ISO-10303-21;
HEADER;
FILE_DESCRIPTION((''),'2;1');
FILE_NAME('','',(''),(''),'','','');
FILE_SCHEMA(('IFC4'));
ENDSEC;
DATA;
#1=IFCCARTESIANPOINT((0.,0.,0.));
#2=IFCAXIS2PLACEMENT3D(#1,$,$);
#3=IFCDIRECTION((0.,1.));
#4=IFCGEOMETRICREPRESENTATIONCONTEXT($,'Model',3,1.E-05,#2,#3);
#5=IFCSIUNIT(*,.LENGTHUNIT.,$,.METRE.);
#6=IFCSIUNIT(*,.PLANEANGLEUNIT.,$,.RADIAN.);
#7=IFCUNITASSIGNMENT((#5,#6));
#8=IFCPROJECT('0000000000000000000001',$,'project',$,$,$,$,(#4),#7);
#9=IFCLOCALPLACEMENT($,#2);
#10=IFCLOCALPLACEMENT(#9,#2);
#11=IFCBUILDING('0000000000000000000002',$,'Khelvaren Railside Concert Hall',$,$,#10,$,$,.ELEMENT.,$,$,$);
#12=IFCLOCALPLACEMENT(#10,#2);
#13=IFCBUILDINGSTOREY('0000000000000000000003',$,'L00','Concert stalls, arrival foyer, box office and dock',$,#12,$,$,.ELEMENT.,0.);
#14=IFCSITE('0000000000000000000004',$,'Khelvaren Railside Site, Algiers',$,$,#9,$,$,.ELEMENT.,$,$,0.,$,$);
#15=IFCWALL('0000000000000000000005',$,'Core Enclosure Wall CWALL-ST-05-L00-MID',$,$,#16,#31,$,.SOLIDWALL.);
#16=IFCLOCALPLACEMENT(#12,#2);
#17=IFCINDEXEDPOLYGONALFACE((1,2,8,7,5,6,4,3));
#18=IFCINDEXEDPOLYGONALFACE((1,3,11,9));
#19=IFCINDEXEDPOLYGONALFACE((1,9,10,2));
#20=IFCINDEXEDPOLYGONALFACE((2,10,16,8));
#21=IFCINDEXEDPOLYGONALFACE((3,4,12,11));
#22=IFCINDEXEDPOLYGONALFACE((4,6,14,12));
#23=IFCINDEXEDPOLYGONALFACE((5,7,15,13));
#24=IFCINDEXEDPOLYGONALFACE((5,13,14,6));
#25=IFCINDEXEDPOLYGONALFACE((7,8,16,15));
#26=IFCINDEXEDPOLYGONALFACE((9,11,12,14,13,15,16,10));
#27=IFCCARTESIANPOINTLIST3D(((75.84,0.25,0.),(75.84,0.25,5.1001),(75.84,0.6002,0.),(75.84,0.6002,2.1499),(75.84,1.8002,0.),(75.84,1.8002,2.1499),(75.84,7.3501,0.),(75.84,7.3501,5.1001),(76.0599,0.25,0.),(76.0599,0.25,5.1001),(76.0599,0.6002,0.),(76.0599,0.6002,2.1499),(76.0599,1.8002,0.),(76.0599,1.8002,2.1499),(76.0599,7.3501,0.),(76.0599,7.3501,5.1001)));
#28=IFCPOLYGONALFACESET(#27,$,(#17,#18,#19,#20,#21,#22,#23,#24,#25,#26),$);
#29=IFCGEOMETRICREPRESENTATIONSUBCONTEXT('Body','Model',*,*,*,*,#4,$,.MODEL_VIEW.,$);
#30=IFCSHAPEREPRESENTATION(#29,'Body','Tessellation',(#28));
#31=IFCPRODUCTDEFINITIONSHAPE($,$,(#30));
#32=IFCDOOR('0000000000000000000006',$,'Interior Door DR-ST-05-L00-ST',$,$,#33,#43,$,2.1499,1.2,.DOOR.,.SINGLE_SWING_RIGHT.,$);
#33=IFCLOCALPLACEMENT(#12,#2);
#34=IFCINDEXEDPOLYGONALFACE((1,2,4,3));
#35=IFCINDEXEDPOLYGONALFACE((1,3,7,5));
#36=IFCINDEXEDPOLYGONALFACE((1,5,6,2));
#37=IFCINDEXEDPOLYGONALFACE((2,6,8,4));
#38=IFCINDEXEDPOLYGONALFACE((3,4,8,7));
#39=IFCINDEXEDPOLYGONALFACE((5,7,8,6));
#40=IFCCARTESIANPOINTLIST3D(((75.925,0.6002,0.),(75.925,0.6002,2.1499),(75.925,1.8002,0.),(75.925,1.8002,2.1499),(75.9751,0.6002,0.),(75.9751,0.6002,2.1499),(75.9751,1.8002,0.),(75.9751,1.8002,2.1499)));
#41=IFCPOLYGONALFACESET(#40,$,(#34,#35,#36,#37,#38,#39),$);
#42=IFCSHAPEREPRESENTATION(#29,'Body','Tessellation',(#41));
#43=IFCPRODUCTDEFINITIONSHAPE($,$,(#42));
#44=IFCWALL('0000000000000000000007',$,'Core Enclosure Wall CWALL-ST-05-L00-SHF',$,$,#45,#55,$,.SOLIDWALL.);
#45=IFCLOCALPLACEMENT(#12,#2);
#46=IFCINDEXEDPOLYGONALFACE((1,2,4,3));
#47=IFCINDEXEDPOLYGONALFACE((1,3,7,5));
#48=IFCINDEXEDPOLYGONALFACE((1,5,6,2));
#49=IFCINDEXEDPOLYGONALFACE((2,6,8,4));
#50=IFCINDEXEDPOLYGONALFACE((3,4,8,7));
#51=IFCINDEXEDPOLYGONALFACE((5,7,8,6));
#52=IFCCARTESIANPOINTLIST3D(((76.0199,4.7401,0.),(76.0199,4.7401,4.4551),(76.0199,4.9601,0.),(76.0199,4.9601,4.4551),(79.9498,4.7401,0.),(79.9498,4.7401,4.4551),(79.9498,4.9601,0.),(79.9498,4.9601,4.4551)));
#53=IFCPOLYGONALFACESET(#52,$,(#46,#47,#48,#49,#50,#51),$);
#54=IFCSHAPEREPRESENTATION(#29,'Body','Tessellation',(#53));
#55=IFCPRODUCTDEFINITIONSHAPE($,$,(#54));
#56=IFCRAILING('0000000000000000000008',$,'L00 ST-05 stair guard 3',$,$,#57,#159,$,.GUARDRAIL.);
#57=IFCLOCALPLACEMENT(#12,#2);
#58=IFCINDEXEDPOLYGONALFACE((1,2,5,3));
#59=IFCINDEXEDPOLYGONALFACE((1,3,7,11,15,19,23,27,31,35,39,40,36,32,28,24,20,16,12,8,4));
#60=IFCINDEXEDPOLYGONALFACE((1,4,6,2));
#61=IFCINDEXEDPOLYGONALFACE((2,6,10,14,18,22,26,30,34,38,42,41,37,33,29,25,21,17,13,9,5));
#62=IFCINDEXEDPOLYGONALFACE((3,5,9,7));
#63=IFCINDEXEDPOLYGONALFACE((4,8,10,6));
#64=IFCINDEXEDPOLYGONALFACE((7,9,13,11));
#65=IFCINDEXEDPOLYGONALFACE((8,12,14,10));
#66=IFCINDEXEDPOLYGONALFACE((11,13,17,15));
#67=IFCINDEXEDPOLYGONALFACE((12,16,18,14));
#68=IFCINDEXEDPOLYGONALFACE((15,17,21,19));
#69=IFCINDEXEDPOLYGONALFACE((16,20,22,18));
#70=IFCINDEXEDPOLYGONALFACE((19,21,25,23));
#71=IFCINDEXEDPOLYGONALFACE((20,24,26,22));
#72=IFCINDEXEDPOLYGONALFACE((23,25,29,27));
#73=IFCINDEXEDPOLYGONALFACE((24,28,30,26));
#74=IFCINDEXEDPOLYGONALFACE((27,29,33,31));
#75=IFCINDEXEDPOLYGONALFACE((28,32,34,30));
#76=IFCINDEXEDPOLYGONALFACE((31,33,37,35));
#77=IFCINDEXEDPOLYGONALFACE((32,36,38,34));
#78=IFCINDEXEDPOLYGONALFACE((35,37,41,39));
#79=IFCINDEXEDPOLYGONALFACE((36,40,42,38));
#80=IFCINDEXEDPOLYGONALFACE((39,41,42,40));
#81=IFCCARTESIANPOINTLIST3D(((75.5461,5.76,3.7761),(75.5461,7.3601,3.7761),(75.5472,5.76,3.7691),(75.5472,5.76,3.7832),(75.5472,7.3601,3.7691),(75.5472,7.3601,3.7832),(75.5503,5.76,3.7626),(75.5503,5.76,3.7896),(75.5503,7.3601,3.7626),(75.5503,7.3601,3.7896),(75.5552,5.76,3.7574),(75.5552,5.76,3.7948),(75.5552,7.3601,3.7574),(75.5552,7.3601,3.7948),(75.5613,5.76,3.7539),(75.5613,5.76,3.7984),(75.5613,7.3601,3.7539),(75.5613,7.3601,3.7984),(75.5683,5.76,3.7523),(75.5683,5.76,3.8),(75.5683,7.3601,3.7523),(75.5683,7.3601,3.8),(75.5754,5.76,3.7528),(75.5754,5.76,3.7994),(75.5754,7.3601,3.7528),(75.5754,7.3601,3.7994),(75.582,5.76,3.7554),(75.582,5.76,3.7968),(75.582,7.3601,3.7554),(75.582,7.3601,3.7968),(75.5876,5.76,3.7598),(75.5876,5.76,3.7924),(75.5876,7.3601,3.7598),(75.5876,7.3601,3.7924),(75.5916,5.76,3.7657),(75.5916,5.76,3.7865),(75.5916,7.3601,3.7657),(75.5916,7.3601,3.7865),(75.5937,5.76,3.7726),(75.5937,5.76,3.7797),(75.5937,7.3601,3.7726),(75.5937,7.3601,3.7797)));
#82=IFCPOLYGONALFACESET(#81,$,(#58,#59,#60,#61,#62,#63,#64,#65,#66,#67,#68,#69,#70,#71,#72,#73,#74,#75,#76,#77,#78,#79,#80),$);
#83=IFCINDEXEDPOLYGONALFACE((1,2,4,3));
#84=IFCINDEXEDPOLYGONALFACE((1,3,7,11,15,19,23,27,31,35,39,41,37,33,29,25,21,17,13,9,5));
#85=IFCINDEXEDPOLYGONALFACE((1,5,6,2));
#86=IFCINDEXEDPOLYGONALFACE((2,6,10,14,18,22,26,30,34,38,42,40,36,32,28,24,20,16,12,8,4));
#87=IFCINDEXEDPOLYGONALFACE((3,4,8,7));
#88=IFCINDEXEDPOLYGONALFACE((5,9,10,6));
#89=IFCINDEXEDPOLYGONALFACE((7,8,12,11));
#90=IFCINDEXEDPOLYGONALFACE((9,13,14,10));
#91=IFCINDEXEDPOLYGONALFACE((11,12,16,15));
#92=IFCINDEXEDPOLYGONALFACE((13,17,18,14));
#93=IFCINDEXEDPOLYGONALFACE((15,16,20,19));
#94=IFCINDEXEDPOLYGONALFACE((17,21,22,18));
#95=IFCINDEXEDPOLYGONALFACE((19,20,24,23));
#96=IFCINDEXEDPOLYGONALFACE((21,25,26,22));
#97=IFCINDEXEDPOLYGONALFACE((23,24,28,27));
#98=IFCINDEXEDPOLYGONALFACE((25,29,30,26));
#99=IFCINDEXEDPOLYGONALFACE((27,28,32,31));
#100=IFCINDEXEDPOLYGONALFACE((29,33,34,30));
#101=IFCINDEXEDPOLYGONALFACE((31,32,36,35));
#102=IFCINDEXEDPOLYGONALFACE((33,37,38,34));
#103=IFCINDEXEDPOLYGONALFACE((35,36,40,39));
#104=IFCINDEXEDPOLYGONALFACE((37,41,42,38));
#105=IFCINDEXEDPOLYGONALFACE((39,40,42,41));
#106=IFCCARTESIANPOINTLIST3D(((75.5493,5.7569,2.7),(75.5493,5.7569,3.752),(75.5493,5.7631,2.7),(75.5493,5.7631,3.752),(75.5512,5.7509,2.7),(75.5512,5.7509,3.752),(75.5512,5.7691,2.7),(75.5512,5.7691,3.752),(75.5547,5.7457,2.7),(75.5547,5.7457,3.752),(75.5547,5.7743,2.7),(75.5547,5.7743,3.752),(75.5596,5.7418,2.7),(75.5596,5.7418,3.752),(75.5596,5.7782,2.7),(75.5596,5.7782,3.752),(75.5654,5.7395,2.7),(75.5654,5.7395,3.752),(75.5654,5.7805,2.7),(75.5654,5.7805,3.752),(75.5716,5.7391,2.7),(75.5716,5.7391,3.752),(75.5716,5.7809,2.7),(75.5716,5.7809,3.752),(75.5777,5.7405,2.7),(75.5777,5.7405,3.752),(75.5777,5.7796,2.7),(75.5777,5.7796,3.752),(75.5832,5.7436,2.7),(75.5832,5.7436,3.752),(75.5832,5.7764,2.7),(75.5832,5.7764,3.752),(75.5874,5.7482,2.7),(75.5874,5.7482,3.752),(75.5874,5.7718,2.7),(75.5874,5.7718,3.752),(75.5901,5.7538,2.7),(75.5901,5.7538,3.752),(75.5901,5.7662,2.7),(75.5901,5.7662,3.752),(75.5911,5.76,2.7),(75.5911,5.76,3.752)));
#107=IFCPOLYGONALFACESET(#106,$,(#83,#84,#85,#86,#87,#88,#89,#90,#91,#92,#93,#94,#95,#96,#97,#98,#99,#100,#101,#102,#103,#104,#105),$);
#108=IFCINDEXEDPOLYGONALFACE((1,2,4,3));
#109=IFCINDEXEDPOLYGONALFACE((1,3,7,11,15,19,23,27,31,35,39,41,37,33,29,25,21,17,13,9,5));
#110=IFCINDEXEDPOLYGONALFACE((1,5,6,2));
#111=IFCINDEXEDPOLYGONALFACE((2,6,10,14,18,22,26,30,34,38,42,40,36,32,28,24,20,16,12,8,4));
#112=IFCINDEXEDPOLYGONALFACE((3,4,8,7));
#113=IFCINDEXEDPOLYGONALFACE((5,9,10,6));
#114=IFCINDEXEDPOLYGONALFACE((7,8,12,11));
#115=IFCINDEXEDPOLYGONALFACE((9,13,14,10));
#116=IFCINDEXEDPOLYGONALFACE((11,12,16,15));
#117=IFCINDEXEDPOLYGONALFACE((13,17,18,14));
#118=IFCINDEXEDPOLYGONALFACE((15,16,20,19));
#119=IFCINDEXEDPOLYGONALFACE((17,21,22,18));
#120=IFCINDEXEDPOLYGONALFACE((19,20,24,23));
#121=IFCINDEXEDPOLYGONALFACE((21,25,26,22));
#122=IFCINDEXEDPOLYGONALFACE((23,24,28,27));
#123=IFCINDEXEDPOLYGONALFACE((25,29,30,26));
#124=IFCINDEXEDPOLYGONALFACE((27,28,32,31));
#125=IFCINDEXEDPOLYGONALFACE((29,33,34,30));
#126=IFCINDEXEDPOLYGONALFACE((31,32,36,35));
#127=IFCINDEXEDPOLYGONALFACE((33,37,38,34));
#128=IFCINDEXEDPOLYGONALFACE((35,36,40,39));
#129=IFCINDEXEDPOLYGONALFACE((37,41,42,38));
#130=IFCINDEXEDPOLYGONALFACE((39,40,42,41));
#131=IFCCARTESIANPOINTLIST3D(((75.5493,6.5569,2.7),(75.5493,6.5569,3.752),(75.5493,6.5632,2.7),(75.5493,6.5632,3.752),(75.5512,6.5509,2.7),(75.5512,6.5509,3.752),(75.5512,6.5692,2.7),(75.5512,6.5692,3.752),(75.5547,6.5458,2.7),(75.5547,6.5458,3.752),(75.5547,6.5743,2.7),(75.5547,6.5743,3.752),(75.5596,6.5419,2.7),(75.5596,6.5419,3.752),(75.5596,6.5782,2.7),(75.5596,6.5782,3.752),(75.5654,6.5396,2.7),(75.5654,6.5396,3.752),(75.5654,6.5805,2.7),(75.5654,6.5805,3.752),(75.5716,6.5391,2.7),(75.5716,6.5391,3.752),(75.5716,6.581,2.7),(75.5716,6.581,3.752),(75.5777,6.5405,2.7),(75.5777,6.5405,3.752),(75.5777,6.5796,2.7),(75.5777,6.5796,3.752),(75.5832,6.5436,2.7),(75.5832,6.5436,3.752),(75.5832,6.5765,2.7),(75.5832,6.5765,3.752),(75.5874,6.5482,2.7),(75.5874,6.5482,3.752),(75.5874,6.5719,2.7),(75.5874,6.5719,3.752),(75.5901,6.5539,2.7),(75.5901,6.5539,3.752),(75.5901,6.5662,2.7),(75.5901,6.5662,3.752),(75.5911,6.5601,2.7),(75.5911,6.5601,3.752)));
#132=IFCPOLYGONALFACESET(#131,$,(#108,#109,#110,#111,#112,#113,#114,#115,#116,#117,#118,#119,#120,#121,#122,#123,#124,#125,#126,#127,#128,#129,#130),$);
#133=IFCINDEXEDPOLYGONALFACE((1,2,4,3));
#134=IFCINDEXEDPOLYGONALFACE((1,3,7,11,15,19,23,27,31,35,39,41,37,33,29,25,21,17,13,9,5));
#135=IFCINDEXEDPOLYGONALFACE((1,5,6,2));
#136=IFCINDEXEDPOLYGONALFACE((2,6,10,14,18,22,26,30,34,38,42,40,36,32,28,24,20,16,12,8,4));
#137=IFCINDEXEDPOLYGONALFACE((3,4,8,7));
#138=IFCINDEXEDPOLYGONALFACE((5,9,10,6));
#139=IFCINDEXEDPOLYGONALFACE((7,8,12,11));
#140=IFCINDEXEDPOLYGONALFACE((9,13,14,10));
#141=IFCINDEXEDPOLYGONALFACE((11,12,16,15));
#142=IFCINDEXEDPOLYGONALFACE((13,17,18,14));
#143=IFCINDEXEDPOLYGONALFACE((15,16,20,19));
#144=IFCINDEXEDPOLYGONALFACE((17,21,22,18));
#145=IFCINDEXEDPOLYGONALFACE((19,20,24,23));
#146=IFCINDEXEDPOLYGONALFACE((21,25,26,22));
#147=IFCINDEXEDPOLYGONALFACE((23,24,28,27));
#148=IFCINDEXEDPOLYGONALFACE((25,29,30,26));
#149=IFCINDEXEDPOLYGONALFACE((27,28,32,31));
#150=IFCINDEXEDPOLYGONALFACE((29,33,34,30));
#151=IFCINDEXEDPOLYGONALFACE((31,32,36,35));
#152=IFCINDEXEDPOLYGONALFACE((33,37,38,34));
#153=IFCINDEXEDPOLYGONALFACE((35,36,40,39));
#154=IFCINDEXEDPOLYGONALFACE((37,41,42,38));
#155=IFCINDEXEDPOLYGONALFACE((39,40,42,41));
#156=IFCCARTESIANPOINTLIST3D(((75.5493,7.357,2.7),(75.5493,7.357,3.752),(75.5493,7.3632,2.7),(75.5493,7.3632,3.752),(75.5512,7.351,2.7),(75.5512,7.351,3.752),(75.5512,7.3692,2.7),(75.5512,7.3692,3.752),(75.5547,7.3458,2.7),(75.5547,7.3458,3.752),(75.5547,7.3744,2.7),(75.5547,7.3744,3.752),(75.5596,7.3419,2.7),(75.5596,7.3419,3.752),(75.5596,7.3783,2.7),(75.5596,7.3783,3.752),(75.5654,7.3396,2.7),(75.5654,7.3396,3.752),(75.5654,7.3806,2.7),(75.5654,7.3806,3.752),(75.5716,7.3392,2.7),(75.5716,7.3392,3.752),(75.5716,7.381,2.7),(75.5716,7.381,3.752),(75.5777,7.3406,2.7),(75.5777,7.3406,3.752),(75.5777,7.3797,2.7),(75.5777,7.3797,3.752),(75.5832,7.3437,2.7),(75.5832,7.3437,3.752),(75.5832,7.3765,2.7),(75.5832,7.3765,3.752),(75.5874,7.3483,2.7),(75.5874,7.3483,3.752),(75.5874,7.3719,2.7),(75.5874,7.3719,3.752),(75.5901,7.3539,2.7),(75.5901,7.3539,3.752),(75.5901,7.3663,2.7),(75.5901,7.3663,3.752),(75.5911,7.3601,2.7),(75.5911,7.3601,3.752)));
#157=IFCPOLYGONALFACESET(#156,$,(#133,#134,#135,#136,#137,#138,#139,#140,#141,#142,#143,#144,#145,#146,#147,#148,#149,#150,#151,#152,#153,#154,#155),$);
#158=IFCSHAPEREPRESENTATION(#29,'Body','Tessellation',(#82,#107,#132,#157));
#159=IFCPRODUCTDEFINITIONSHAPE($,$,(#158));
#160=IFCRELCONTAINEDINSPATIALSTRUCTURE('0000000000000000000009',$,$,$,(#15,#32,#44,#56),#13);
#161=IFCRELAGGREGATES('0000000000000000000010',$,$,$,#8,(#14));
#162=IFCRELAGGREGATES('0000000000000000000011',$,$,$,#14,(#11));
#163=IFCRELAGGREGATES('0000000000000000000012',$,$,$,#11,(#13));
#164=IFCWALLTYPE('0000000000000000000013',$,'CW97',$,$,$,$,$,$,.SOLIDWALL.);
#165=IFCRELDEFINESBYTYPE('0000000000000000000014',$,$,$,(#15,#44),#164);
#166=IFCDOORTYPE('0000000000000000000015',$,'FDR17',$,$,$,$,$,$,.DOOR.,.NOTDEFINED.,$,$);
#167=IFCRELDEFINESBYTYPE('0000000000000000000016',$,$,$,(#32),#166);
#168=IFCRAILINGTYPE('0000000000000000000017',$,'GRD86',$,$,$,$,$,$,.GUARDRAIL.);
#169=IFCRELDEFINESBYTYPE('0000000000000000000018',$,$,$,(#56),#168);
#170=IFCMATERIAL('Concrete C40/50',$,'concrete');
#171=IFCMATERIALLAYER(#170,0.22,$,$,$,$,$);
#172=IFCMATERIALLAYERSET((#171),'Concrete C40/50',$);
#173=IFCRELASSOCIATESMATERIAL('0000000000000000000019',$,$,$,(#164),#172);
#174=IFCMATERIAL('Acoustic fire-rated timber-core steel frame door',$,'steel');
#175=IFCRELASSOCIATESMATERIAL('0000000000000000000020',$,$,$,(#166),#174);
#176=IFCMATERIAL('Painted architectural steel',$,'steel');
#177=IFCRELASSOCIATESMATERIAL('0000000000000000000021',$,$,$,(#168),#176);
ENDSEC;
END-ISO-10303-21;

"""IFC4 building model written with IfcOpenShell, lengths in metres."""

from ifc_helpers import new_model, si_unit, direction, frame, frame_2d, origin, origin_2d, place, context, subcontext, project, spatial, rectangle, circle, extrude, material, layer, layer_set, type_object, element, fill, save


model = new_model("IFC4")

# Units and contexts
model_context = context("Model", 3, precision=1e-05, world=origin(), true_north=direction((0.0, 1.0)))
body_context = subcontext(model_context, "Body", "Model", "MODEL_VIEW")
ifc_project = project(units=[si_unit("LENGTHUNIT", "METRE"), si_unit("PLANEANGLEUNIT", "RADIAN")], contexts=[model_context])

# Site, building, storey
site_placement = place(None, origin())
site = spatial("IfcSite", under=ifc_project, at=site_placement, Name="Khelvaren Railside Site, Algiers", CompositionType="ELEMENT", RefElevation=0.0)
building_placement = place(site_placement, origin())
building = spatial("IfcBuilding", under=site, at=building_placement, Name="Khelvaren Railside Concert Hall", CompositionType="ELEMENT")
storey_placement = place(building_placement, origin())
storey = spatial("IfcBuildingStorey", under=building, at=storey_placement, Name="L00", Description="Concert stalls, arrival foyer, box office and dock", CompositionType="ELEMENT", Elevation=0.0)

# Wall, opening, door
ifc_material_1 = material(Name="Concrete C40/50", Category="concrete")
ifc_material_2 = material(Name="Acoustic fire-rated timber-core steel frame door", Category="steel")
ifc_layer_1 = layer(ifc_material_1, 0.22)
ifc_layer_set_1 = layer_set([ifc_layer_1], Name="Concrete C40/50")
wall_type_1 = type_object("IfcWallType", Name="CW97", PredefinedType="SOLIDWALL", material=ifc_layer_set_1)
wall_1_placement = place(storey_placement, frame((75.95, 0.25, 0.0), z_axis=(0.0, 0.0, 1.0), x_axis=(0.0, 1.0, 0.0)))
wall_1 = element("IfcWall", 1, at=wall_1_placement, inside=storey, type_object=wall_type_1, Name="Core Enclosure Wall CWALL-ST-05-L00-MID", PredefinedType="SOLIDWALL", context=body_context, shape_type="SweptSolid", body=[
    extrude(rectangle(XDim=7.1001, YDim=0.22, at=frame_2d((3.55, 0.0))), origin(), (0.0, 0.0, 1.0), 5.1001),
])
opening_1_placement = place(wall_1_placement, frame((0.3501, 0.0, 0.0)))
opening_1 = element("IfcOpeningElement", 2, at=opening_1_placement, cuts=wall_1, PredefinedType="OPENING", context=body_context, shape_type="SweptSolid", body=[
    extrude(rectangle(XDim=1.2, YDim=2.1499, at=frame_2d((0.6001, 1.075))), frame((0.0, 0.1199, 0.0), z_axis=(0.0, -1.0, 0.0), x_axis=(1.0, 0.0, 0.0)), (0.0, 0.0, 1.0), 0.24),
])
door_type_1 = type_object("IfcDoorType", Name="FDR17", OperationType="NOTDEFINED", PredefinedType="DOOR", material=ifc_material_2)
door_1_placement = place(opening_1_placement, origin())
door_1 = element("IfcDoor", 3, at=door_1_placement, inside=storey, type_object=door_type_1, Name="Interior Door DR-ST-05-L00-ST", OperationType="SINGLE_SWING_RIGHT", OverallHeight=2.1499, OverallWidth=1.2, PredefinedType="DOOR", context=body_context, shape_type="SweptSolid", body=[
    extrude(rectangle(XDim=1.2, YDim=2.1499, at=frame_2d((0.6001, 1.075))), frame((0.0, 0.0249, 0.0), z_axis=(0.0, -1.0, 0.0), x_axis=(1.0, 0.0, 0.0)), (0.0, 0.0, 1.0), 0.05),
])
fill(opening_1, door_1)

# Wall
wall_2_placement = place(storey_placement, frame((76.02, 4.8501, 0.0), z_axis=(0.0, 0.0, 1.0), x_axis=(1.0, 0.0, 0.0)))
element("IfcWall", 4, at=wall_2_placement, inside=storey, type_object=wall_type_1, Name="Core Enclosure Wall CWALL-ST-05-L00-SHF", PredefinedType="SOLIDWALL", context=body_context, shape_type="SweptSolid", body=[
    extrude(rectangle(XDim=3.9299, YDim=0.22, at=frame_2d((1.9648, 0.0))), origin(), (0.0, 0.0, 1.0), 4.4551),
])

# Railing
ifc_material_3 = material(Name="Painted architectural steel", Category="steel")
railing_type_1 = type_object("IfcRailingType", Name="GRD86", PredefinedType="GUARDRAIL", material=ifc_material_3)
railing_1_placement = place(storey_placement, frame((75.5701, 5.76, 2.7)))
element("IfcRailing", 5, at=railing_1_placement, inside=storey, type_object=railing_type_1, Name="L00 ST-05 stair guard 3", PredefinedType="GUARDRAIL", context=body_context, shape_type="SweptSolid", body=[
    extrude(circle(Radius=0.0239, at=origin_2d()), frame((0.0, 0.0, 1.0762), z_axis=(0.0, 1.0, 0.0), x_axis=(-1.0, 0.0, 0.0)), (0.0, 0.0, 1.0), 1.6001),
    extrude(circle(Radius=0.021, at=origin_2d()), origin(), (0.0, 0.0, 1.0), 1.052),
    extrude(circle(Radius=0.021, at=origin_2d()), frame((0.0, 0.8, 0.0)), (0.0, 0.0, 1.0), 1.052),
    extrude(circle(Radius=0.021, at=origin_2d()), frame((0.0, 1.6001, 0.0)), (0.0, 0.0, 1.0), 1.052),
])

save(model, "model.ifc")
